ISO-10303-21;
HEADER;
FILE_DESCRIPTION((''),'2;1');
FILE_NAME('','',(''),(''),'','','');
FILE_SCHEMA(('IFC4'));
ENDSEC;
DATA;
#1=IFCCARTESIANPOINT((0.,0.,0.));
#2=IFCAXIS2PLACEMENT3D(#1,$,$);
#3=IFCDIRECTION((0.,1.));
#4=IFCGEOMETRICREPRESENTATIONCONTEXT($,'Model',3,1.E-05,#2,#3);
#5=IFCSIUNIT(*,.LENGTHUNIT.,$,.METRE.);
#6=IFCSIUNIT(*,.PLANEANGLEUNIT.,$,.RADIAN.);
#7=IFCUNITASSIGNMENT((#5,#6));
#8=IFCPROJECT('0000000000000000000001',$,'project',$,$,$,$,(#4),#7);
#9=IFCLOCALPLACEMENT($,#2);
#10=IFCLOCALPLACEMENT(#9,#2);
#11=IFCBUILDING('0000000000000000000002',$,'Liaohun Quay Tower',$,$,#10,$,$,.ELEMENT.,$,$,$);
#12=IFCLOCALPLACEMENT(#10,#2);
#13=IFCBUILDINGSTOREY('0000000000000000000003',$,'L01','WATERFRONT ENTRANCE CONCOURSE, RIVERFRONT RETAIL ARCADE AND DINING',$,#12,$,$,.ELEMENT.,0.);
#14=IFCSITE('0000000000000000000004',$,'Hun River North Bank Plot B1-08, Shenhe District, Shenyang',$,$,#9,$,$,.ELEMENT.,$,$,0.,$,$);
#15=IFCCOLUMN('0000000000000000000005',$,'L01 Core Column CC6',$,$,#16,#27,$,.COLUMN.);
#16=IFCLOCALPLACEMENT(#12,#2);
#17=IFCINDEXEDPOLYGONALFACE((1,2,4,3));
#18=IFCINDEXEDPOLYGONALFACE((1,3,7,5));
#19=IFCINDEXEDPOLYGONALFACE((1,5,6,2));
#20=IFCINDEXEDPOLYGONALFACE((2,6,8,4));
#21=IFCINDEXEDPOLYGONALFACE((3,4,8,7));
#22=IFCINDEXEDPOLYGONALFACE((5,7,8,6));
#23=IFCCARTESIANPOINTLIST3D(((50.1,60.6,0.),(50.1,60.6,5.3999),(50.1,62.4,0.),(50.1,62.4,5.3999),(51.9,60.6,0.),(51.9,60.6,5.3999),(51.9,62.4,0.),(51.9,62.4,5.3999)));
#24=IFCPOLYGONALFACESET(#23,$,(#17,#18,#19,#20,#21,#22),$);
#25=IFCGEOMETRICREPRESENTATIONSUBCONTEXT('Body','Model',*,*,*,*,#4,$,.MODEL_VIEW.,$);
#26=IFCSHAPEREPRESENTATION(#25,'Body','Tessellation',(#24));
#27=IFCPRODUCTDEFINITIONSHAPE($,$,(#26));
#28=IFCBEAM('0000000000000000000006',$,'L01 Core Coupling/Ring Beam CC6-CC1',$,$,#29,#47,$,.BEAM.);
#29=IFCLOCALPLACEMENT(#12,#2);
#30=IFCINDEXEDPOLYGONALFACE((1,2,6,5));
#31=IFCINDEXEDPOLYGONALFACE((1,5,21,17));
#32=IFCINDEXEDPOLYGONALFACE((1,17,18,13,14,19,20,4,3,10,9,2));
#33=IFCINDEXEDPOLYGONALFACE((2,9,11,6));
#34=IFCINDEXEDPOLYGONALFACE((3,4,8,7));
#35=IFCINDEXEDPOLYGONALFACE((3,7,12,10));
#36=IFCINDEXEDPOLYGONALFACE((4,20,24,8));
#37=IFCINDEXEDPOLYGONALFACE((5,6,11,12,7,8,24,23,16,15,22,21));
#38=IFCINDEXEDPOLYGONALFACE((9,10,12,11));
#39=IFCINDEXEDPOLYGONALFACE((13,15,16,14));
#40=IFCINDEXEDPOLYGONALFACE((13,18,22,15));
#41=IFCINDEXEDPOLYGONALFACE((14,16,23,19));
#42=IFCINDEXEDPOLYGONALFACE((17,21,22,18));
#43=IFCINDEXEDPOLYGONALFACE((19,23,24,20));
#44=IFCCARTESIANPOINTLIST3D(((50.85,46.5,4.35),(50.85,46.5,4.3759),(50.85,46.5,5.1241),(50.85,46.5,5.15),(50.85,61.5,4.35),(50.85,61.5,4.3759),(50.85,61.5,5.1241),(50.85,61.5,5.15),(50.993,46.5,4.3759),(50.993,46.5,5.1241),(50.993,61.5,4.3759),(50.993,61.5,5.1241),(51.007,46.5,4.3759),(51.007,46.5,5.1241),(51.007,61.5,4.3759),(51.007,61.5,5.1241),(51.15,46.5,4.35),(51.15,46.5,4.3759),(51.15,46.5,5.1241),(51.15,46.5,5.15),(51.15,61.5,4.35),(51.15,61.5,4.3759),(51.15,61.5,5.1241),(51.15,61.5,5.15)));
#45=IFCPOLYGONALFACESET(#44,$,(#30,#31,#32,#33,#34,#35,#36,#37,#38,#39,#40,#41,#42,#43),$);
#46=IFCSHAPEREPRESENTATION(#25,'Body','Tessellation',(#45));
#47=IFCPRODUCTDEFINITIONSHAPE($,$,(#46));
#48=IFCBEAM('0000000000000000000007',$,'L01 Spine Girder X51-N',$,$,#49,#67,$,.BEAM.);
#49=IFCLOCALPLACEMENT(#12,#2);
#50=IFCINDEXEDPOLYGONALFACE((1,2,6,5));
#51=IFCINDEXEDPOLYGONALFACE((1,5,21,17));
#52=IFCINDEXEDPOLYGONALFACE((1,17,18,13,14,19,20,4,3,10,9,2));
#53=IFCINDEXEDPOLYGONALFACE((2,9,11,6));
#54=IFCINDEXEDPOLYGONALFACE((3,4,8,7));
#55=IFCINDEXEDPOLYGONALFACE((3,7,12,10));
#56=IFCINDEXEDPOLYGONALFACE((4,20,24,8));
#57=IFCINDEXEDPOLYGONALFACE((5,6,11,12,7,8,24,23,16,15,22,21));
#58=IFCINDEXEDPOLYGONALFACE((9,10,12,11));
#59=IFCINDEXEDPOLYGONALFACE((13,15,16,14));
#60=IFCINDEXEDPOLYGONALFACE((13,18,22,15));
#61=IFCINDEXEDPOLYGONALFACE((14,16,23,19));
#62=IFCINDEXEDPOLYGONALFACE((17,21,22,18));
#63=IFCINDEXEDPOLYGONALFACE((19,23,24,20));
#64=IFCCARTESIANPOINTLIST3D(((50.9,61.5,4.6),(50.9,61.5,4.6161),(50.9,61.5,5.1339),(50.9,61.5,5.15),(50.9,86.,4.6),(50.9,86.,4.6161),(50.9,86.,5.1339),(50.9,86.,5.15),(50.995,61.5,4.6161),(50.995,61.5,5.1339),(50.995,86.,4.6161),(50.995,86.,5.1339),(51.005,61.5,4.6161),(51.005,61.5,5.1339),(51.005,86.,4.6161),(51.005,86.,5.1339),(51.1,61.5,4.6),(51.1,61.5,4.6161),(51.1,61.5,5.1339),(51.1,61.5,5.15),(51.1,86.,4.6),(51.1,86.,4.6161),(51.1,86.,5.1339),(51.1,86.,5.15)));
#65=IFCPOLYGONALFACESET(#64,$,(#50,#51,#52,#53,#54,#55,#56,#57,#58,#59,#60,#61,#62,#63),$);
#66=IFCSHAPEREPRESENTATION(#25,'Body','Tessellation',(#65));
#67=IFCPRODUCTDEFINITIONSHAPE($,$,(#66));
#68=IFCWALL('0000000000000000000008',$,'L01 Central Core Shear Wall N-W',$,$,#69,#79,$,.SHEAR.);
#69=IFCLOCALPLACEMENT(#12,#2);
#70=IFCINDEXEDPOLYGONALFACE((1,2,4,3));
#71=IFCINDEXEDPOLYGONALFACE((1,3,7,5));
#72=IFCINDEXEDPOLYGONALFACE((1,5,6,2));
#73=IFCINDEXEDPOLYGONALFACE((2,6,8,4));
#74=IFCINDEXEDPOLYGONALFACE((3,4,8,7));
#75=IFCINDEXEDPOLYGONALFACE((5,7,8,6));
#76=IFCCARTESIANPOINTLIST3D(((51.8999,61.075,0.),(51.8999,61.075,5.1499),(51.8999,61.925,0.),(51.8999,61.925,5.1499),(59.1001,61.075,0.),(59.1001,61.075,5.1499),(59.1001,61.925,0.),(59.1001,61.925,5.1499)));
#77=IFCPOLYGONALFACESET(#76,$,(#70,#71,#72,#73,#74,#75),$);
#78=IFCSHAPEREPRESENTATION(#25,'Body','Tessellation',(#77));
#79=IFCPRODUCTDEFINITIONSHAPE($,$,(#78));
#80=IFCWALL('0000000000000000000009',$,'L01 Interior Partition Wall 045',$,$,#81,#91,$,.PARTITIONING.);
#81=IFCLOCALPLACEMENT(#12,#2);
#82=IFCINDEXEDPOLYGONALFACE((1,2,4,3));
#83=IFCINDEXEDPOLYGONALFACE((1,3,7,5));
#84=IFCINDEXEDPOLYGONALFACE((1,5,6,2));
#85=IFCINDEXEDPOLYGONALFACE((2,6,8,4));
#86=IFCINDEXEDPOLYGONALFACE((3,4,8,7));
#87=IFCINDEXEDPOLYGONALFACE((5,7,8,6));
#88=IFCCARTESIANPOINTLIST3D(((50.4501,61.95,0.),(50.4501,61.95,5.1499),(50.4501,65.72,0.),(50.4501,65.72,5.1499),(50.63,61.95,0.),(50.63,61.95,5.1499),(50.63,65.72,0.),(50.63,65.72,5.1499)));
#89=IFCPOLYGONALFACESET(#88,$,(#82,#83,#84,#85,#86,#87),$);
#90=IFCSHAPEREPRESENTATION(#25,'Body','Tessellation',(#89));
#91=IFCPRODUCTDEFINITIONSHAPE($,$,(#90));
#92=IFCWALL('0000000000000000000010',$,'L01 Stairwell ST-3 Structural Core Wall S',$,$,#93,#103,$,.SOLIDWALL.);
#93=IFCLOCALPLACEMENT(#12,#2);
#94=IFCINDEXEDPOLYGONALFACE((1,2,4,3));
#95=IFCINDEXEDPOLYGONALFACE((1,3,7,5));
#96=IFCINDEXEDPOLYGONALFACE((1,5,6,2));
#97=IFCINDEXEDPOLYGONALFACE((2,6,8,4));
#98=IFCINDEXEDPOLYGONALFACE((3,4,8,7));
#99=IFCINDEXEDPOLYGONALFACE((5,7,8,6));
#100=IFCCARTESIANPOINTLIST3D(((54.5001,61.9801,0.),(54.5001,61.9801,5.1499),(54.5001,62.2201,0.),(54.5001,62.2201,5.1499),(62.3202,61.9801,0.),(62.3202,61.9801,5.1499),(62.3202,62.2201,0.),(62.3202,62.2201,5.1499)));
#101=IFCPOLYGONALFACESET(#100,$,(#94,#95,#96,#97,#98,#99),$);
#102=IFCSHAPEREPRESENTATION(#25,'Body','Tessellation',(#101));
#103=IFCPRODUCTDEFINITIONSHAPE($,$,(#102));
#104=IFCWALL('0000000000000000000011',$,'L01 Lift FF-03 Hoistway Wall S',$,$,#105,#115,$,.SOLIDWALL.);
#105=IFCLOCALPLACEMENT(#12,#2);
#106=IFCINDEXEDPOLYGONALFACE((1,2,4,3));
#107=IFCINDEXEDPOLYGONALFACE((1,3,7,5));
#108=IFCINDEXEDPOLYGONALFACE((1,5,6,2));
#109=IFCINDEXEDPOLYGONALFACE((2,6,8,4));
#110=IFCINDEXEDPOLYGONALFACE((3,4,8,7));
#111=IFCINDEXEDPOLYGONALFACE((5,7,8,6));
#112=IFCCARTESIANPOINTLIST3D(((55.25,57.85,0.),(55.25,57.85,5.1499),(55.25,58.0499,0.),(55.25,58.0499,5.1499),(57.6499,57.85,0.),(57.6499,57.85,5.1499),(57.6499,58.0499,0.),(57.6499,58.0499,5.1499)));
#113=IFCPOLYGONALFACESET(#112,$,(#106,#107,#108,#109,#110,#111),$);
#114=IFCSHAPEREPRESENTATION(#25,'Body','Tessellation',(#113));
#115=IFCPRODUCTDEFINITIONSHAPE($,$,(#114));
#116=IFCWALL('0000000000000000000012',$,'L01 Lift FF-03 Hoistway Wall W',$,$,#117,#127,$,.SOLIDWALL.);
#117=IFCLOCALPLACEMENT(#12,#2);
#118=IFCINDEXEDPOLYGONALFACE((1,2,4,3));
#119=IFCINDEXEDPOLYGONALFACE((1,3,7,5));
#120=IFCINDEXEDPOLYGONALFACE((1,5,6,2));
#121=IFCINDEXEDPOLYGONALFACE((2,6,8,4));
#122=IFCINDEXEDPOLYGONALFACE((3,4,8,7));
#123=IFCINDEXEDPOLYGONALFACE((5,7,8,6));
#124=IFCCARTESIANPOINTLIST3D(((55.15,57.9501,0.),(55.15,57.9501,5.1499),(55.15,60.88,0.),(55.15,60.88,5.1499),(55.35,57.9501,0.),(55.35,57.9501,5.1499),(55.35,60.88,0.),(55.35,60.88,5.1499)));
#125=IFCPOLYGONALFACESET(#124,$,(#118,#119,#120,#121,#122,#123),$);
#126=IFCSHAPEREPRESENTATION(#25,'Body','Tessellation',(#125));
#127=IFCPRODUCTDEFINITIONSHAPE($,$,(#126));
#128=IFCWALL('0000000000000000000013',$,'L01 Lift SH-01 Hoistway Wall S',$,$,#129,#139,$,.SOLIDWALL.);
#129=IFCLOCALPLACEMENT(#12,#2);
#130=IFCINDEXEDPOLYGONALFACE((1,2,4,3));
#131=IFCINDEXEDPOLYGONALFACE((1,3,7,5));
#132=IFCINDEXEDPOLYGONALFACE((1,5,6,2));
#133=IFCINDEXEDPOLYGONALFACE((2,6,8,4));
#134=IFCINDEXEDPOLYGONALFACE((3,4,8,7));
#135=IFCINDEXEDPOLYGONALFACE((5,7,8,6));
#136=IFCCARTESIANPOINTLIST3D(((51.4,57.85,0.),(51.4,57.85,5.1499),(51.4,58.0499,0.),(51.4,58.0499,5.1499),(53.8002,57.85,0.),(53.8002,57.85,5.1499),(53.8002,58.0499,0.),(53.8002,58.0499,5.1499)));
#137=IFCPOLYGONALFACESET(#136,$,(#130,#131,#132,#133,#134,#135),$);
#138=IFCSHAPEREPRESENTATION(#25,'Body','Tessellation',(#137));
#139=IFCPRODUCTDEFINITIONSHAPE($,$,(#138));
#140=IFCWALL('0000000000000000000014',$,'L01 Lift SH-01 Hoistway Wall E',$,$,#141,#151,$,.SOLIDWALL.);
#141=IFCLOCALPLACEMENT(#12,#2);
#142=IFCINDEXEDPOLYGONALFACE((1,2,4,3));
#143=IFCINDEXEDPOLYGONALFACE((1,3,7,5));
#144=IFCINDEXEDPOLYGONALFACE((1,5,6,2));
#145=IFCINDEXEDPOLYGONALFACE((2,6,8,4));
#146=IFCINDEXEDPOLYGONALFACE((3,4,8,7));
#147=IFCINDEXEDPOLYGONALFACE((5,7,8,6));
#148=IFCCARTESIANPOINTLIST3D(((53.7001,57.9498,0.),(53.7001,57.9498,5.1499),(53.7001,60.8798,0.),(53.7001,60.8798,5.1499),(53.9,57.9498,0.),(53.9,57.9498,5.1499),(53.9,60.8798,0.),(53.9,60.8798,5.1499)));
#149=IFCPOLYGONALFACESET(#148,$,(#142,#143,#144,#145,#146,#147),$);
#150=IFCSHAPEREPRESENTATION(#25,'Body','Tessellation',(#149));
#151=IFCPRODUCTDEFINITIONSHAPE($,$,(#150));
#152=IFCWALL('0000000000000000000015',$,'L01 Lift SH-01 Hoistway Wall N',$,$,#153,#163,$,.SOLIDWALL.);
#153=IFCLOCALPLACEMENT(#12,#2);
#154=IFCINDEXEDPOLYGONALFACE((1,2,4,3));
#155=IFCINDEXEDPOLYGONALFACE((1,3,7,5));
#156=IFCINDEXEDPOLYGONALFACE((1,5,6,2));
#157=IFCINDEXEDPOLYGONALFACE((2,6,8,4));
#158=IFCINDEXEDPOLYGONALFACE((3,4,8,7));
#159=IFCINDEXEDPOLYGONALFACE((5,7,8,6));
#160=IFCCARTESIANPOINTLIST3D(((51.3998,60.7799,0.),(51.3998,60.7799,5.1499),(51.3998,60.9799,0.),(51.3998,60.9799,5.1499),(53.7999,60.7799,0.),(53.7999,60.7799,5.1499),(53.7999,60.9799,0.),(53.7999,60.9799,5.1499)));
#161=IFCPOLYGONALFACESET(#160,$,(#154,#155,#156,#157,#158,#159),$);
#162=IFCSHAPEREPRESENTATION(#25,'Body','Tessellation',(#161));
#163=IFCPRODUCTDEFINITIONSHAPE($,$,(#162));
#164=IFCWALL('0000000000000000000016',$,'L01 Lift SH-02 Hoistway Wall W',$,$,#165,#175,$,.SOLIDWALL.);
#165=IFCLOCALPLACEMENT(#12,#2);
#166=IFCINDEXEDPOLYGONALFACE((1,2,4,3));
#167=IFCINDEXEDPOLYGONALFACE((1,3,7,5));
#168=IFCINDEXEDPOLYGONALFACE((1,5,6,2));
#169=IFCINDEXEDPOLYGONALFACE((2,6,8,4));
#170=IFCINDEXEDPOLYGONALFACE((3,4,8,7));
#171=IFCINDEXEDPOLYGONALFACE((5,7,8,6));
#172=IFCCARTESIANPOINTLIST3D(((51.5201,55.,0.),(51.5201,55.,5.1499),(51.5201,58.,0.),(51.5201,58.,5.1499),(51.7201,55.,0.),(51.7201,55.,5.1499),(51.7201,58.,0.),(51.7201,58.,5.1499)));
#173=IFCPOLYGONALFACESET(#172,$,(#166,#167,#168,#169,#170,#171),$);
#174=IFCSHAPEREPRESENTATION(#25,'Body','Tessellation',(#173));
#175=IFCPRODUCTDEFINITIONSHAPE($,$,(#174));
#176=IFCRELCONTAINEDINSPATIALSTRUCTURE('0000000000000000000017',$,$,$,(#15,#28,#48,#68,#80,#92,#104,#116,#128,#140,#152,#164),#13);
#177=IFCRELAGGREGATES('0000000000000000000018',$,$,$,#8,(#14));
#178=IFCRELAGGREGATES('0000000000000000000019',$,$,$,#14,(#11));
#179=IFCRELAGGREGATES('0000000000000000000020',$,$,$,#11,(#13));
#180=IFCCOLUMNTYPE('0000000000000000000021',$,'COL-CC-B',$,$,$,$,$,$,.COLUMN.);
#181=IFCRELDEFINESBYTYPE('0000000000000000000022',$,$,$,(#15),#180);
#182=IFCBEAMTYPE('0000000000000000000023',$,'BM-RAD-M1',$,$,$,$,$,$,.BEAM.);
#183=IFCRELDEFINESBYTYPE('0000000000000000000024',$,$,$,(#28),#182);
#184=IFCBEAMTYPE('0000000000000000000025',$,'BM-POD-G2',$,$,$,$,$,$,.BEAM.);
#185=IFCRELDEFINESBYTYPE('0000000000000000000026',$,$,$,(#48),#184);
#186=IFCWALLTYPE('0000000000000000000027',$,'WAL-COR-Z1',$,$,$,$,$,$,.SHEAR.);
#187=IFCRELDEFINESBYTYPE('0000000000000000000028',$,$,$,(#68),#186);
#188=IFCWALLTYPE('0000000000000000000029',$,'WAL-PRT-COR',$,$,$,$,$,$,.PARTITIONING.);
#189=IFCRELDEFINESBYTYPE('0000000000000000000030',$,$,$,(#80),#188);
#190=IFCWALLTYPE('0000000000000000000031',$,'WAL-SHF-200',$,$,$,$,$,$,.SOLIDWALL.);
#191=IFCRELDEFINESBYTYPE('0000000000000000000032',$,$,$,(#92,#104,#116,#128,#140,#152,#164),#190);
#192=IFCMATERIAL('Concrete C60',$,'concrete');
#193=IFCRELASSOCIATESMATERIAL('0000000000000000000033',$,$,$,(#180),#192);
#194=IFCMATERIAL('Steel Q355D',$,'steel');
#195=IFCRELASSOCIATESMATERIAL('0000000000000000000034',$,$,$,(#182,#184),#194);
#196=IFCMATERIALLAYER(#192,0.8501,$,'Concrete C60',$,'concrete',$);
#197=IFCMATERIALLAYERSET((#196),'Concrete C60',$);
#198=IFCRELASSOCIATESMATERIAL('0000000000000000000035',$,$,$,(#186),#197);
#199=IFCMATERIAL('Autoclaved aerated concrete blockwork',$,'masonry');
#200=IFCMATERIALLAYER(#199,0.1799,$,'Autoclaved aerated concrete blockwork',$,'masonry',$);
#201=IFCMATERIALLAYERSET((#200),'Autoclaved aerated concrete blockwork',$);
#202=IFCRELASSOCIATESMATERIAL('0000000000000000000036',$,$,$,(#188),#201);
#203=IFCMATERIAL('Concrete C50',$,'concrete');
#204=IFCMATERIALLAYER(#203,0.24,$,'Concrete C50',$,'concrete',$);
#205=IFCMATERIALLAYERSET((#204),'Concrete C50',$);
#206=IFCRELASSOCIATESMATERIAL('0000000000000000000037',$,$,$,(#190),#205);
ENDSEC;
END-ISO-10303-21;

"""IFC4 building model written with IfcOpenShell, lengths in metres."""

from ifc_helpers import new_model, si_unit, direction, frame, frame_2d, origin, origin_2d, place, context, subcontext, project, spatial, rectangle, i_section, extrude, source, transform, mapped, material, layer, layer_set, material_profile, profile_set, type_object, element, save


model = new_model("IFC4")

# Units and contexts
model_context = context("Model", 3, precision=1e-05, world=origin(), true_north=direction((0.0, 1.0)))
body_context = subcontext(model_context, "Body", "Model", "MODEL_VIEW")
ifc_project = project(units=[si_unit("LENGTHUNIT", "METRE"), si_unit("PLANEANGLEUNIT", "RADIAN")], contexts=[model_context])

# Site, building, storey
site_placement = place(None, origin())
site = spatial("IfcSite", under=ifc_project, at=site_placement, Name="Hun River North Bank Plot B1-08, Shenhe District, Shenyang", CompositionType="ELEMENT", RefElevation=0.0)
building_placement = place(site_placement, origin())
building = spatial("IfcBuilding", under=site, at=building_placement, Name="Liaohun Quay Tower", CompositionType="ELEMENT")
storey_placement = place(building_placement, origin())
storey = spatial("IfcBuildingStorey", under=building, at=storey_placement, Name="L01", Description="WATERFRONT ENTRANCE CONCOURSE, RIVERFRONT RETAIL ARCADE AND DINING", CompositionType="ELEMENT", Elevation=0.0)

# Column
ifc_material_1 = material(Name="Concrete C60", Category="concrete")
ifc_material_profile_1 = material_profile(ifc_material_1, rectangle(XDim=1.8, YDim=1.8, at=origin_2d()), Name="RC1800x1800")
ifc_profile_set_1 = profile_set([ifc_material_profile_1], Name="Concrete C60")
column_type = type_object("IfcColumnType", Name="COL-CC-B", PredefinedType="COLUMN", material=ifc_profile_set_1)
shared_shape_1 = source(origin(), body_context, "Body", "SweptSolid", [
    extrude(rectangle(XDim=1.8, YDim=1.8, at=origin_2d()), origin(), (0.0, 0.0, 1.0), 5.3999),
])
column_placement = place(storey_placement, frame((51.0, 61.5, 0.0), z_axis=(0.0, 0.0, 1.0), x_axis=(1.0, 0.0, 0.0)))
element("IfcColumn", 1, at=column_placement, inside=storey, type_object=column_type, Name="L01 Core Column CC6", PredefinedType="COLUMN", context=body_context, shape_type="MappedRepresentation", body=[
    mapped(shared_shape_1, transform((0.0, 0.0, 0.0), x_axis=(1.0, 0.0, 0.0), y_axis=(0.0, 1.0, 0.0), z_axis=(0.0, 0.0, 1.0), scale=1.0)),
])

# Beams
ifc_material_2 = material(Name="Steel Q355D", Category="steel")
ifc_material_profile_2 = material_profile(ifc_material_2, i_section(OverallWidth=0.3, OverallDepth=0.8, WebThickness=0.0139, FlangeThickness=0.0259, at=origin_2d()), Name="HN800x300x14x26")
ifc_profile_set_2 = profile_set([ifc_material_profile_2], Name="Steel Q355D")
beam_type_1 = type_object("IfcBeamType", Name="BM-RAD-M1", PredefinedType="BEAM", material=ifc_profile_set_2)
shared_shape_2 = source(origin(), body_context, "Body", "SweptSolid", [
    extrude(i_section(OverallWidth=0.3, OverallDepth=0.8, WebThickness=0.0139, FlangeThickness=0.0259, at=origin_2d()), origin(), (0.0, 0.0, 1.0), 15.0),
])
beam_1_placement = place(storey_placement, frame((51.0, 61.5, 4.75), z_axis=(0.0, -1.0, 0.0), x_axis=(1.0, 0.0, 0.0)))
element("IfcBeam", 2, at=beam_1_placement, inside=storey, type_object=beam_type_1, Name="L01 Core Coupling/Ring Beam CC6-CC1", PredefinedType="BEAM", context=body_context, shape_type="MappedRepresentation", body=[
    mapped(shared_shape_2, transform((0.0, 0.0, 0.0), x_axis=(1.0, 0.0, 0.0), y_axis=(0.0, 1.0, 0.0), z_axis=(0.0, 0.0, 1.0), scale=1.0)),
])
ifc_material_profile_3 = material_profile(ifc_material_2, i_section(OverallWidth=0.2, OverallDepth=0.55, WebThickness=0.01, FlangeThickness=0.0161, at=origin_2d()), Name="HN550x200x10x16")
ifc_profile_set_3 = profile_set([ifc_material_profile_3], Name="Steel Q355D")
beam_type_2 = type_object("IfcBeamType", Name="BM-POD-G2", PredefinedType="BEAM", material=ifc_profile_set_3)
shared_shape_3 = source(origin(), body_context, "Body", "SweptSolid", [
    extrude(i_section(OverallWidth=0.2, OverallDepth=0.55, WebThickness=0.01, FlangeThickness=0.0161, at=origin_2d()), origin(), (0.0, 0.0, 1.0), 24.5),
])
beam_2_placement = place(storey_placement, frame((51.0, 61.5, 4.875), z_axis=(0.0, 1.0, 0.0), x_axis=(-1.0, 0.0, 0.0)))
element("IfcBeam", 3, at=beam_2_placement, inside=storey, type_object=beam_type_2, Name="L01 Spine Girder X51-N", PredefinedType="BEAM", context=body_context, shape_type="MappedRepresentation", body=[
    mapped(shared_shape_3, transform((0.0, 0.0, 0.0), x_axis=(1.0, 0.0, 0.0), y_axis=(0.0, 1.0, 0.0), z_axis=(0.0, 0.0, 1.0), scale=1.0)),
])

# Walls
ifc_layer_1 = layer(ifc_material_1, 0.8501, Name="Concrete C60", Category="concrete")
ifc_layer_set_1 = layer_set([ifc_layer_1], Name="Concrete C60")
wall_type_1 = type_object("IfcWallType", Name="WAL-COR-Z1", PredefinedType="SHEAR", material=ifc_layer_set_1)
wall_1_placement = place(storey_placement, frame((51.8999, 61.5, 0.0), z_axis=(0.0, 0.0, 1.0), x_axis=(1.0, 0.0, 0.0)))
element("IfcWall", 4, at=wall_1_placement, inside=storey, type_object=wall_type_1, Name="L01 Central Core Shear Wall N-W", PredefinedType="SHEAR", context=body_context, shape_type="SweptSolid", body=[
    extrude(rectangle(XDim=7.2002, YDim=0.8501, at=frame_2d((3.6001, 0.0))), origin(), (0.0, 0.0, 1.0), 5.1499),
])
ifc_material_3 = material(Name="Autoclaved aerated concrete blockwork", Category="masonry")
ifc_layer_2 = layer(ifc_material_3, 0.1799, Name="Autoclaved aerated concrete blockwork", Category="masonry")
ifc_layer_set_2 = layer_set([ifc_layer_2], Name="Autoclaved aerated concrete blockwork")
wall_type_2 = type_object("IfcWallType", Name="WAL-PRT-COR", PredefinedType="PARTITIONING", material=ifc_layer_set_2)
wall_2_placement = place(storey_placement, frame((50.54, 61.95, 0.0), z_axis=(0.0, 0.0, 1.0), x_axis=(0.0, 1.0, 0.0)))
element("IfcWall", 5, at=wall_2_placement, inside=storey, type_object=wall_type_2, Name="L01 Interior Partition Wall 045", PredefinedType="PARTITIONING", context=body_context, shape_type="SweptSolid", body=[
    extrude(rectangle(XDim=3.77, YDim=0.1799, at=frame_2d((1.885, 0.0))), origin(), (0.0, 0.0, 1.0), 5.1499),
])
ifc_material_4 = material(Name="Concrete C50", Category="concrete")
ifc_layer_3 = layer(ifc_material_4, 0.24, Name="Concrete C50", Category="concrete")
ifc_layer_set_3 = layer_set([ifc_layer_3], Name="Concrete C50")
wall_type_3 = type_object("IfcWallType", Name="WAL-SHF-200", PredefinedType="SOLIDWALL", material=ifc_layer_set_3)
wall_3_placement = place(storey_placement, frame((54.5, 62.1001, 0.0), z_axis=(0.0, 0.0, 1.0), x_axis=(1.0, 0.0, 0.0)))
element("IfcWall", 6, at=wall_3_placement, inside=storey, type_object=wall_type_3, Name="L01 Stairwell ST-3 Structural Core Wall S", PredefinedType="SOLIDWALL", context=body_context, shape_type="SweptSolid", body=[
    extrude(rectangle(XDim=7.8201, YDim=0.24, at=frame_2d((3.9102, 0.0))), origin(), (0.0, 0.0, 1.0), 5.1499),
])
wall_4_placement = place(storey_placement, frame((55.25, 57.95, 0.0), z_axis=(0.0, 0.0, 1.0), x_axis=(1.0, 0.0, 0.0)))
element("IfcWall", 7, at=wall_4_placement, inside=storey, type_object=wall_type_3, Name="L01 Lift FF-03 Hoistway Wall S", PredefinedType="SOLIDWALL", context=body_context, shape_type="SweptSolid", body=[
    extrude(rectangle(XDim=2.3999, YDim=0.2, at=frame_2d((1.2, 0.0))), origin(), (0.0, 0.0, 1.0), 5.1499),
])
wall_5_placement = place(storey_placement, frame((55.25, 60.8799, 0.0), z_axis=(0.0, 0.0, 1.0), x_axis=(0.0, -1.0, 0.0)))
element("IfcWall", 8, at=wall_5_placement, inside=storey, type_object=wall_type_3, Name="L01 Lift FF-03 Hoistway Wall W", PredefinedType="SOLIDWALL", context=body_context, shape_type="SweptSolid", body=[
    extrude(rectangle(XDim=2.9299, YDim=0.2, at=frame_2d((1.4648, 0.0))), origin(), (0.0, 0.0, 1.0), 5.1499),
])
wall_6_placement = place(storey_placement, frame((51.3999, 57.95, 0.0), z_axis=(0.0, 0.0, 1.0), x_axis=(1.0, 0.0, 0.0)))
element("IfcWall", 9, at=wall_6_placement, inside=storey, type_object=wall_type_3, Name="L01 Lift SH-01 Hoistway Wall S", PredefinedType="SOLIDWALL", context=body_context, shape_type="SweptSolid", body=[
    extrude(rectangle(XDim=2.4001, YDim=0.2, at=frame_2d((1.2002, 0.0))), origin(), (0.0, 0.0, 1.0), 5.1499),
])
wall_7_placement = place(storey_placement, frame((53.8, 57.95, 0.0), z_axis=(0.0, 0.0, 1.0), x_axis=(0.0, 1.0, 0.0)))
element("IfcWall", 10, at=wall_7_placement, inside=storey, type_object=wall_type_3, Name="L01 Lift SH-01 Hoistway Wall E", PredefinedType="SOLIDWALL", context=body_context, shape_type="SweptSolid", body=[
    extrude(rectangle(XDim=2.9299, YDim=0.2, at=frame_2d((1.4648, 0.0))), origin(), (0.0, 0.0, 1.0), 5.1499),
])
wall_8_placement = place(storey_placement, frame((53.8, 60.8799, 0.0), z_axis=(0.0, 0.0, 1.0), x_axis=(-1.0, 0.0, 0.0)))
element("IfcWall", 11, at=wall_8_placement, inside=storey, type_object=wall_type_3, Name="L01 Lift SH-01 Hoistway Wall N", PredefinedType="SOLIDWALL", context=body_context, shape_type="SweptSolid", body=[
    extrude(rectangle(XDim=2.4001, YDim=0.2, at=frame_2d((1.2002, 0.0))), origin(), (0.0, 0.0, 1.0), 5.1499),
])
wall_9_placement = place(storey_placement, frame((51.6201, 58.0, 0.0), z_axis=(0.0, 0.0, 1.0), x_axis=(0.0, -1.0, 0.0)))
element("IfcWall", 12, at=wall_9_placement, inside=storey, type_object=wall_type_3, Name="L01 Lift SH-02 Hoistway Wall W", PredefinedType="SOLIDWALL", context=body_context, shape_type="SweptSolid", body=[
    extrude(rectangle(XDim=3.0, YDim=0.2, at=frame_2d((1.5, 0.0))), origin(), (0.0, 0.0, 1.0), 5.1499),
])

save(model, "model.ifc")
